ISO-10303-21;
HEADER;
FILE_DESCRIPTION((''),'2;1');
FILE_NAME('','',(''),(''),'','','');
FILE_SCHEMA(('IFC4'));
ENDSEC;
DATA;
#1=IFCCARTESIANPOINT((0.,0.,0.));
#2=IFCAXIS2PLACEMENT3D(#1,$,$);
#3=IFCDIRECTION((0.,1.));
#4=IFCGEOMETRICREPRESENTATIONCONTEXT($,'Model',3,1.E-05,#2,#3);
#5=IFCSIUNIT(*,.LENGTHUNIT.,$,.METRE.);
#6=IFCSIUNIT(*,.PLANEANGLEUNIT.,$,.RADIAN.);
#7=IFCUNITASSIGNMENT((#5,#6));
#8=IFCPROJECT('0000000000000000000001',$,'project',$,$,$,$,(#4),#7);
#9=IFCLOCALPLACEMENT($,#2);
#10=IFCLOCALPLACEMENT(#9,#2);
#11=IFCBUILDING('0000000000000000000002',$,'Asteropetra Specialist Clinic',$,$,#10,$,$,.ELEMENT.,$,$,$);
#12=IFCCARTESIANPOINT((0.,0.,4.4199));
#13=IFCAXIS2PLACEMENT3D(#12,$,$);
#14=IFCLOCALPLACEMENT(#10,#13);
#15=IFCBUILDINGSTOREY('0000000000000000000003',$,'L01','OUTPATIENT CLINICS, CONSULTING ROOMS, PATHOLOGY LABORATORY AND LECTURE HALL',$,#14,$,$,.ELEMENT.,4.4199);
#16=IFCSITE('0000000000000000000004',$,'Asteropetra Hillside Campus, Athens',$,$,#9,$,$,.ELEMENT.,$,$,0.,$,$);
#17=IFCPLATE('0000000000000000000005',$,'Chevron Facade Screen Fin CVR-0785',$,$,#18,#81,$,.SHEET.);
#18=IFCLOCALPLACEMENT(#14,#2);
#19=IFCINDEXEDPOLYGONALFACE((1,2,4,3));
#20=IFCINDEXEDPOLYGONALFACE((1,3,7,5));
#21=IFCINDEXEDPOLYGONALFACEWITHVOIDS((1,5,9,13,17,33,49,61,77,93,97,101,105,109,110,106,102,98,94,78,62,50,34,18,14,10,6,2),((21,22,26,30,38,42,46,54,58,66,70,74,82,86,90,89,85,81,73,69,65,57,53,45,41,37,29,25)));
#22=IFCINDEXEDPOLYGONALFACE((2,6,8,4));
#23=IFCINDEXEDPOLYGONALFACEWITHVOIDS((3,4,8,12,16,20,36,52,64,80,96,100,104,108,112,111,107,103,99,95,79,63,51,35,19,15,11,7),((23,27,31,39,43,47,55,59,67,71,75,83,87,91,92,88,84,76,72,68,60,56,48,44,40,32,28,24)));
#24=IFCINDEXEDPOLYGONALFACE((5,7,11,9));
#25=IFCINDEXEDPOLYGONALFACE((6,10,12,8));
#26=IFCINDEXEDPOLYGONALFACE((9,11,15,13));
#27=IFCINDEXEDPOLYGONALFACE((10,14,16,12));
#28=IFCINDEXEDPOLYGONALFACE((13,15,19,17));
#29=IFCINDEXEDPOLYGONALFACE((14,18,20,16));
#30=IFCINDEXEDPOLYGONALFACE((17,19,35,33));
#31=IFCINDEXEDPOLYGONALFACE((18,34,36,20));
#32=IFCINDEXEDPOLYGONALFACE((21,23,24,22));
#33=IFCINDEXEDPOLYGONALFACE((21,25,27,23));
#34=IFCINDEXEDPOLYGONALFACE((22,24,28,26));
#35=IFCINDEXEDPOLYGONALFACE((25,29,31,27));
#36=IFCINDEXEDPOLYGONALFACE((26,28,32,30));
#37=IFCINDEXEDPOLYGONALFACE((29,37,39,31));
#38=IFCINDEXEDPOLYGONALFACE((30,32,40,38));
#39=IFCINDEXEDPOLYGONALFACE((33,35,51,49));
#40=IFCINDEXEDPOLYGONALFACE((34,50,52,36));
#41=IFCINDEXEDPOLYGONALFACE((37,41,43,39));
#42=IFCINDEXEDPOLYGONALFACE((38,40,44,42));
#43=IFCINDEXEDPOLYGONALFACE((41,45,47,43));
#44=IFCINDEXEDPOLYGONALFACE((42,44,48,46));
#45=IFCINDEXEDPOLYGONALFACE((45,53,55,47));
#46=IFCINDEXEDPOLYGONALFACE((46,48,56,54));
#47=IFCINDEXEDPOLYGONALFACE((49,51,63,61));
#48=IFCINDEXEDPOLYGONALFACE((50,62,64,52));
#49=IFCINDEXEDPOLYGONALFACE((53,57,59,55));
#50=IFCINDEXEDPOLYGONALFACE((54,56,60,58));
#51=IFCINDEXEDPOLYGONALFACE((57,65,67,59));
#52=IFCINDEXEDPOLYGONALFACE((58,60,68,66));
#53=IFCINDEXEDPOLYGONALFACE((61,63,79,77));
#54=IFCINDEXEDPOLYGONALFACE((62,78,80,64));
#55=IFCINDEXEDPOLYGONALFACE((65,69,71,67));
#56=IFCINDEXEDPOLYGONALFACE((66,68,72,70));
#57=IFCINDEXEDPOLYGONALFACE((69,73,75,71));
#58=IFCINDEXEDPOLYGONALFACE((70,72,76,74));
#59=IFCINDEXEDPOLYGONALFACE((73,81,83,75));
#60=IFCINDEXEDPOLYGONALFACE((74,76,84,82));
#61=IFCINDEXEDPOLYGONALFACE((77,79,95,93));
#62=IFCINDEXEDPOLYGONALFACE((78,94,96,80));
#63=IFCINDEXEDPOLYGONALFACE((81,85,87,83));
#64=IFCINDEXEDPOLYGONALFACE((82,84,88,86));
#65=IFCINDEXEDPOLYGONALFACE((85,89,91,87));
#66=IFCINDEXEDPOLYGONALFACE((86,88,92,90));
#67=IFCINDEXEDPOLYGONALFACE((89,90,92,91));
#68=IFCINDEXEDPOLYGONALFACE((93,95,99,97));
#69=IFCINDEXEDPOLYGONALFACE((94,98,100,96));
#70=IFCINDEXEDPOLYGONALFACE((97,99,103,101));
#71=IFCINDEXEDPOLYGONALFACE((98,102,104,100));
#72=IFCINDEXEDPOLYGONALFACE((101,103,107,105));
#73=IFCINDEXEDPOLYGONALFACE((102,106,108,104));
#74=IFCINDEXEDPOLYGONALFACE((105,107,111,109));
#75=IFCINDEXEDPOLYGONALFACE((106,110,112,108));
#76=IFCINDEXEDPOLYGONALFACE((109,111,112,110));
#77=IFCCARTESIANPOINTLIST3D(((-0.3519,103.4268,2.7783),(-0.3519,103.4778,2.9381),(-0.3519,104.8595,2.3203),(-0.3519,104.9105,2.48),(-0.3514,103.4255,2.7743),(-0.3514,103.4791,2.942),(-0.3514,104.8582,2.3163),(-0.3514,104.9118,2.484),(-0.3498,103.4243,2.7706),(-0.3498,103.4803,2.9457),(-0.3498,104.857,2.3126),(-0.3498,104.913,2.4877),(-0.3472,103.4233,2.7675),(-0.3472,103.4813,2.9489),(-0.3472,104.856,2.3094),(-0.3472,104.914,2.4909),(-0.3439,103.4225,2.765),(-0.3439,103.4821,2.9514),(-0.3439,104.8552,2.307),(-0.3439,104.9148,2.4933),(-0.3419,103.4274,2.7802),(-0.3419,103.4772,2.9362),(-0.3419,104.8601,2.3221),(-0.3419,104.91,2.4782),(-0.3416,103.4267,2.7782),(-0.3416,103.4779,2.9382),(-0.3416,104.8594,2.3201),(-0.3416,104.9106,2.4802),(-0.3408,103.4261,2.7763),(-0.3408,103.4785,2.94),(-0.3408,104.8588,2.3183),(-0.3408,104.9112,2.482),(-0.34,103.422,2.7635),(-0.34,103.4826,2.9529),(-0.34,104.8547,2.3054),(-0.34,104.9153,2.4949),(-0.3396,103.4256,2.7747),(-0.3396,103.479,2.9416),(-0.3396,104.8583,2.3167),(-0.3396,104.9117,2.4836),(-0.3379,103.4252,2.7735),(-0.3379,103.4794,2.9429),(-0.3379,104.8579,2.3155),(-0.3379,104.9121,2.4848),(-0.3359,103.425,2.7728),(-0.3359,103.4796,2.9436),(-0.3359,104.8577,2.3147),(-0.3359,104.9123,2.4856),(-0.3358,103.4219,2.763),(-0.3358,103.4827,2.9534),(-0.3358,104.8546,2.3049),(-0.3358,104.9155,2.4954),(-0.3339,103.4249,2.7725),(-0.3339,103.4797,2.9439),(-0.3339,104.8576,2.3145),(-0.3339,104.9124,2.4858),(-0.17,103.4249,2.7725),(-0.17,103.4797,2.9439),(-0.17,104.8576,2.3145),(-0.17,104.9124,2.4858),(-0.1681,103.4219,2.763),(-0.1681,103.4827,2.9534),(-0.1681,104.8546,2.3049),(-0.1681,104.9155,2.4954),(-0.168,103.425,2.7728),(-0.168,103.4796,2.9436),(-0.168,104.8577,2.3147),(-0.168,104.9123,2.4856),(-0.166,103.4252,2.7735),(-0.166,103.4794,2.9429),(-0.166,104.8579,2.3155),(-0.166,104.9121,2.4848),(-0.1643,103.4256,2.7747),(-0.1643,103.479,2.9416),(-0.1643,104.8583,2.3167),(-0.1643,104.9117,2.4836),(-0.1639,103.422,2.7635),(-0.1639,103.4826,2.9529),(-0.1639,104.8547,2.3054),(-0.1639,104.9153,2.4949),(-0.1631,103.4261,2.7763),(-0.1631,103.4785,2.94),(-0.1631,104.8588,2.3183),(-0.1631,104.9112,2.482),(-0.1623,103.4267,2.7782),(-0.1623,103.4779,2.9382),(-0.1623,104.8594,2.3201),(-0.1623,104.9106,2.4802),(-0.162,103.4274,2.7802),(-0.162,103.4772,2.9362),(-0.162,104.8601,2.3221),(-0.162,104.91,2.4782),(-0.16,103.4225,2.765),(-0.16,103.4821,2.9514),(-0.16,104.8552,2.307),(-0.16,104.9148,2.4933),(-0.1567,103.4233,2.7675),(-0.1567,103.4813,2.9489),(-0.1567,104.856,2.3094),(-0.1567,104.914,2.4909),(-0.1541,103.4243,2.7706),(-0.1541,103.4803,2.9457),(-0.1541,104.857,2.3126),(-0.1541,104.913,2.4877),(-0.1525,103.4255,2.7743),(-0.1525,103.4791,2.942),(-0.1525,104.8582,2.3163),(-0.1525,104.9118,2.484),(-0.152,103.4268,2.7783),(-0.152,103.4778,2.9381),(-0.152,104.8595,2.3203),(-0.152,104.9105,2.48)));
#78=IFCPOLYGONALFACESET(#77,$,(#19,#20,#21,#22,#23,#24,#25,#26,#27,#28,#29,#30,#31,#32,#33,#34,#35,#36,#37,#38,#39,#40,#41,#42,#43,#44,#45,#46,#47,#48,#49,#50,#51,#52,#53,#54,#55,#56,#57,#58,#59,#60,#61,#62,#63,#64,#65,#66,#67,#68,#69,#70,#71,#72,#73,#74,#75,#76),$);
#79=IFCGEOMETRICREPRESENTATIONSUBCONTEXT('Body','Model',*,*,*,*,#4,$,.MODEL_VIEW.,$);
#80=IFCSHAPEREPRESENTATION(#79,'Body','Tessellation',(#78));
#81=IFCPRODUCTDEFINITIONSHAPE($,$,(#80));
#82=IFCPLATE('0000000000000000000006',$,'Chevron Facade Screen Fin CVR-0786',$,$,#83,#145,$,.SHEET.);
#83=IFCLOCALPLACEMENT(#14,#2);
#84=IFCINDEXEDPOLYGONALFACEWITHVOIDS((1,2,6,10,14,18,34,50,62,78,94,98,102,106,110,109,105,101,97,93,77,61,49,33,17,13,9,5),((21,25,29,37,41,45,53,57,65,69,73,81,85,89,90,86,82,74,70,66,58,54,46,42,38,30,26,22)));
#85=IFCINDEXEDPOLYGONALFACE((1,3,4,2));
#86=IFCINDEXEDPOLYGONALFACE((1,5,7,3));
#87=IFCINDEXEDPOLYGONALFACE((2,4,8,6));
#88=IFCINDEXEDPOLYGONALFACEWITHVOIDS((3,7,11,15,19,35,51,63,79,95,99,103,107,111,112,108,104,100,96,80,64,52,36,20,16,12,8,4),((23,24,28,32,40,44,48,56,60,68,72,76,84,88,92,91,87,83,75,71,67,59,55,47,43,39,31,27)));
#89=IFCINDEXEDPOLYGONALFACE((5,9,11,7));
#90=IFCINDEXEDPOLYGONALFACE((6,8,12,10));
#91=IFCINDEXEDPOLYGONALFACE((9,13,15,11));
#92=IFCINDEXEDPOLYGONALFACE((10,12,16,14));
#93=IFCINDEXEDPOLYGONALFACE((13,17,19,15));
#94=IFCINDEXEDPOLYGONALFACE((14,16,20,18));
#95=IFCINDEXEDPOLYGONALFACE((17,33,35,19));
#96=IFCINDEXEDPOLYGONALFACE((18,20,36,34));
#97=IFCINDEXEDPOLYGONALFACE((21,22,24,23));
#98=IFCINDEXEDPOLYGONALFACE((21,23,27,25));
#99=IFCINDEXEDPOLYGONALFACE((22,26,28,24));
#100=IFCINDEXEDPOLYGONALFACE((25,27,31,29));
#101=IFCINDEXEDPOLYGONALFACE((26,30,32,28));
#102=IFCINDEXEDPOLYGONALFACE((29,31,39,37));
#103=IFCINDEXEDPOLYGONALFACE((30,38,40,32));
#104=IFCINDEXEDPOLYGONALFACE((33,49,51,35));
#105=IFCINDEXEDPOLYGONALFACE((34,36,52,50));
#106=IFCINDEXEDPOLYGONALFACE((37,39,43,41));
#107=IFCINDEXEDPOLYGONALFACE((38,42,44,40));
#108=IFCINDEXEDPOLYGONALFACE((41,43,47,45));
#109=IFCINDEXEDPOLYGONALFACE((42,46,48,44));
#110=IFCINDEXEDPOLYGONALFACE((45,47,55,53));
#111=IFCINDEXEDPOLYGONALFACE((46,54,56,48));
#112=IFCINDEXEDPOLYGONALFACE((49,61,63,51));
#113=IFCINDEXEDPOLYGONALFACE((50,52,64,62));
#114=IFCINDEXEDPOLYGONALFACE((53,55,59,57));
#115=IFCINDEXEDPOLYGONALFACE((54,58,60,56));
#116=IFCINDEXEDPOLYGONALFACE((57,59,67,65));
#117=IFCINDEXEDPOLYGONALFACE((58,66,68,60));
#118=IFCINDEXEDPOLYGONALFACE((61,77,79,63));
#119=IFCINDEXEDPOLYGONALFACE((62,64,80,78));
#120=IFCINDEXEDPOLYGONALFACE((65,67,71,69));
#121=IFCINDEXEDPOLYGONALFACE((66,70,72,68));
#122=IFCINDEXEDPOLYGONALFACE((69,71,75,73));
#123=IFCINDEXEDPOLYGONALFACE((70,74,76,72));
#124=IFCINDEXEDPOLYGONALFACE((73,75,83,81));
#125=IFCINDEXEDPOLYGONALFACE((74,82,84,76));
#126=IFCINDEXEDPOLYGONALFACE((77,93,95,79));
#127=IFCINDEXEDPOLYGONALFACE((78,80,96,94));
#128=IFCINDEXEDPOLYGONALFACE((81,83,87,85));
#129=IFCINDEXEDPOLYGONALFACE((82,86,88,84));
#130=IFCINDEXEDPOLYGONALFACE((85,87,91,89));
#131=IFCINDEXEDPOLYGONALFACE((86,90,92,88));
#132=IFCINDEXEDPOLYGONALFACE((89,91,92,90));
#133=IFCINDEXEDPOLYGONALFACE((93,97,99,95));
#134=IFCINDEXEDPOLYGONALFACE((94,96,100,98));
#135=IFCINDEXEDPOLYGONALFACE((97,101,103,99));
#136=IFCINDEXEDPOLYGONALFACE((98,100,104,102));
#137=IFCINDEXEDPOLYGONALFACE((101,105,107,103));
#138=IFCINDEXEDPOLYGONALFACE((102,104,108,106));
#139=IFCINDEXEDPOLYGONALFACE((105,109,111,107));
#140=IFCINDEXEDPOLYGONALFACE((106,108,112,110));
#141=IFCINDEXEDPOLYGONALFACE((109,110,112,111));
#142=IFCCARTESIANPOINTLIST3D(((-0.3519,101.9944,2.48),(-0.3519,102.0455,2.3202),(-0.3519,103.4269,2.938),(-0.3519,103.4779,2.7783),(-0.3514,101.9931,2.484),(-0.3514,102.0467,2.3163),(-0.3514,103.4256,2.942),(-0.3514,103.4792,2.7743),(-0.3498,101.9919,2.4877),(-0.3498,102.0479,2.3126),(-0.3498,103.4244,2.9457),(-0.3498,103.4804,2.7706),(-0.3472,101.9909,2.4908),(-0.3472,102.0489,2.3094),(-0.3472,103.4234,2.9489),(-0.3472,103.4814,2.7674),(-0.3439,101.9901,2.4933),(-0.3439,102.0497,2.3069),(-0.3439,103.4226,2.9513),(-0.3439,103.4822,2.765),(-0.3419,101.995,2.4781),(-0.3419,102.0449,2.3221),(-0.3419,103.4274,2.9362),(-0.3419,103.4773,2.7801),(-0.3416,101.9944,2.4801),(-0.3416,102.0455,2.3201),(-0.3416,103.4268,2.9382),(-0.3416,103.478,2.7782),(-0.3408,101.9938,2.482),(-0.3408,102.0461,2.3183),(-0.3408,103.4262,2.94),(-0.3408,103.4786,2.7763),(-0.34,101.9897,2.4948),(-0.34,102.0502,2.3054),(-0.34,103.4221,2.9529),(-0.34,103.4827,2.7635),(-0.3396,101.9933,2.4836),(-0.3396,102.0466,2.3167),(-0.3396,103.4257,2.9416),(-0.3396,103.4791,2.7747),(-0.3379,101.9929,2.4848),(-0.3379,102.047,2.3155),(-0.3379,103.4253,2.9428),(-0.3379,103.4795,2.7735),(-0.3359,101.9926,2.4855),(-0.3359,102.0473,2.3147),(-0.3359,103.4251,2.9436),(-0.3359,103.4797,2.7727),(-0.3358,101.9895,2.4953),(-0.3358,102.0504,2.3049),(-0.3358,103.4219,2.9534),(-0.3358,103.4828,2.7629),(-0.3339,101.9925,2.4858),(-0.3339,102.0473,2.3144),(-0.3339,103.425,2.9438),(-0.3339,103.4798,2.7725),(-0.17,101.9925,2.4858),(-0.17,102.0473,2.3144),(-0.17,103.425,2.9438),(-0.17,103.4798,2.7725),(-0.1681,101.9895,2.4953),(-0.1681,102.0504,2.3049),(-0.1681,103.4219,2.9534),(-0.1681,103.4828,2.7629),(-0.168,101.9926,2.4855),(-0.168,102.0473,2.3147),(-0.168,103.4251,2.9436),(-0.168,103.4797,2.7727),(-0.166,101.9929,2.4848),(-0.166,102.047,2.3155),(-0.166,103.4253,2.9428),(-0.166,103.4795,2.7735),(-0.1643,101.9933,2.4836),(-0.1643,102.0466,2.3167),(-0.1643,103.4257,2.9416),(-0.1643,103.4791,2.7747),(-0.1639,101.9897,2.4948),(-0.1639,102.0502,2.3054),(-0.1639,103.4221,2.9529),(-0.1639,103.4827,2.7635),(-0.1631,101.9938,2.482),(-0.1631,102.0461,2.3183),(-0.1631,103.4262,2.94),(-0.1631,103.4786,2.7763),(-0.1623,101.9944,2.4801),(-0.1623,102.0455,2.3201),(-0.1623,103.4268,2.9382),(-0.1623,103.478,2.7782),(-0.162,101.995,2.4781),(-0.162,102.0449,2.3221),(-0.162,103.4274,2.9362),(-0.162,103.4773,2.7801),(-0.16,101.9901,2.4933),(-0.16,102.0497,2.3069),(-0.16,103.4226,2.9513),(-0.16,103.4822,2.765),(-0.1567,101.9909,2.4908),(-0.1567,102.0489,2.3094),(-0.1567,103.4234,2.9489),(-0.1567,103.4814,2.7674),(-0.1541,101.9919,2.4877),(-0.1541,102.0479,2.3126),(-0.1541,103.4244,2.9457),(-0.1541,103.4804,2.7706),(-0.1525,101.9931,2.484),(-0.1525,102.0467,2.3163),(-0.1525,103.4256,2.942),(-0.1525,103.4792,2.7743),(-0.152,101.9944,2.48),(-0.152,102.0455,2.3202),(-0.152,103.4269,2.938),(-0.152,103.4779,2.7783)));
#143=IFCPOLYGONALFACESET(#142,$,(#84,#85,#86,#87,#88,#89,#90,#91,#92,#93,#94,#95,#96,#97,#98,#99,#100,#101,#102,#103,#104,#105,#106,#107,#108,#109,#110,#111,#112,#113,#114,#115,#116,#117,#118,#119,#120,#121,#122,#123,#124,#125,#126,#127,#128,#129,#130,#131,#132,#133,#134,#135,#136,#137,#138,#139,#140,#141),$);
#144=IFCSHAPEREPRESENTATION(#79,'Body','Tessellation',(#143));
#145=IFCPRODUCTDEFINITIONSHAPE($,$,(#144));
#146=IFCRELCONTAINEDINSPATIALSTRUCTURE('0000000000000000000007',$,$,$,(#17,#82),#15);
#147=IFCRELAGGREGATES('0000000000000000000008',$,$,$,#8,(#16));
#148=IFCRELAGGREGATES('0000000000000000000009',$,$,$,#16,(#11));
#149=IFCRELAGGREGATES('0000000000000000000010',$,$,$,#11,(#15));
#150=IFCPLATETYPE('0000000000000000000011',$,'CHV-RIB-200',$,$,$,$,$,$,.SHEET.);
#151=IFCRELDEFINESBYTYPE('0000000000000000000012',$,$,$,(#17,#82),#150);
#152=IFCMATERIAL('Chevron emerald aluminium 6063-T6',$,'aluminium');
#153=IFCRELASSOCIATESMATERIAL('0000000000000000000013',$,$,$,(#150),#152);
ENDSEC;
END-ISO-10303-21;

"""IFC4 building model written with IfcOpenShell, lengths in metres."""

from ifc_helpers import new_model, si_unit, direction, frame, origin, origin_2d, place, context, subcontext, project, spatial, hollow_rectangle, extrude, material, material_profile, profile_set, type_object, element, save


model = new_model("IFC4")

# Units and contexts
model_context = context("Model", 3, precision=1e-05, world=origin(), true_north=direction((0.0, 1.0)))
body_context = subcontext(model_context, "Body", "Model", "MODEL_VIEW")
ifc_project = project(units=[si_unit("LENGTHUNIT", "METRE"), si_unit("PLANEANGLEUNIT", "RADIAN")], contexts=[model_context])

# Site, building, storey
site_placement = place(None, origin())
site = spatial("IfcSite", under=ifc_project, at=site_placement, Name="Asteropetra Hillside Campus, Athens", CompositionType="ELEMENT", RefElevation=0.0)
building_placement = place(site_placement, origin())
building = spatial("IfcBuilding", under=site, at=building_placement, Name="Asteropetra Specialist Clinic", CompositionType="ELEMENT")
storey_placement = place(building_placement, frame((0.0, 0.0, 4.4199)))
storey = spatial("IfcBuildingStorey", under=building, at=storey_placement, Name="L01", Description="OUTPATIENT CLINICS, CONSULTING ROOMS, PATHOLOGY LABORATORY AND LECTURE HALL", CompositionType="ELEMENT", Elevation=4.4199)

# Plates
ifc_material_1 = material(Name="Chevron emerald aluminium 6063-T6", Category="aluminium")
ifc_material_profile = material_profile(ifc_material_1, hollow_rectangle(XDim=0.2, YDim=0.2, WallThickness=0.01, InnerFilletRadius=0.0081, OuterFilletRadius=0.0161, at=origin_2d()), Name="SHS 200x200x10.0")
ifc_profile_set = profile_set([ifc_material_profile], Name="Chevron emerald aluminium 6063-T6")
plate_type = type_object("IfcPlateType", Name="CHV-RIB-200", PredefinedType="SHEET", material=ifc_profile_set)
plate_1_placement = place(storey_placement, frame((-0.252, 104.885, 2.4001), z_axis=(0.0, -0.952507, 0.304517), x_axis=(1.0, 0.0, 0.0)))
element("IfcPlate", 1, at=plate_1_placement, inside=storey, type_object=plate_type, Name="Chevron Facade Screen Fin CVR-0785", PredefinedType="SHEET", context=body_context, shape_type="SweptSolid", body=[
    extrude(hollow_rectangle(XDim=0.2, YDim=0.2, WallThickness=0.01, InnerFilletRadius=0.0081, OuterFilletRadius=0.0161, at=origin_2d()), origin(), (0.0, 0.0, 1.0), 1.5042),
])
for number, where, z_axis, x_axis, name in (
    (2, (-0.252, 103.4524, 2.8582), (0.0, -0.952492, -0.304564), (1.0, 0.0, 0.0), "Chevron Facade Screen Fin CVR-0786"),
):
    element("IfcPlate", number, at=place(storey_placement, frame(where, z_axis=z_axis, x_axis=x_axis)), inside=storey, type_object=plate_type, Name=name, PredefinedType="SHEET", context=body_context, shape_type="SweptSolid", body=[
        extrude(hollow_rectangle(XDim=0.2, YDim=0.2, WallThickness=0.01, InnerFilletRadius=0.0081, OuterFilletRadius=0.0161, at=origin_2d()), origin(), (0.0, 0.0, 1.0), 1.5039),
    ])

save(model, "model.ifc")
